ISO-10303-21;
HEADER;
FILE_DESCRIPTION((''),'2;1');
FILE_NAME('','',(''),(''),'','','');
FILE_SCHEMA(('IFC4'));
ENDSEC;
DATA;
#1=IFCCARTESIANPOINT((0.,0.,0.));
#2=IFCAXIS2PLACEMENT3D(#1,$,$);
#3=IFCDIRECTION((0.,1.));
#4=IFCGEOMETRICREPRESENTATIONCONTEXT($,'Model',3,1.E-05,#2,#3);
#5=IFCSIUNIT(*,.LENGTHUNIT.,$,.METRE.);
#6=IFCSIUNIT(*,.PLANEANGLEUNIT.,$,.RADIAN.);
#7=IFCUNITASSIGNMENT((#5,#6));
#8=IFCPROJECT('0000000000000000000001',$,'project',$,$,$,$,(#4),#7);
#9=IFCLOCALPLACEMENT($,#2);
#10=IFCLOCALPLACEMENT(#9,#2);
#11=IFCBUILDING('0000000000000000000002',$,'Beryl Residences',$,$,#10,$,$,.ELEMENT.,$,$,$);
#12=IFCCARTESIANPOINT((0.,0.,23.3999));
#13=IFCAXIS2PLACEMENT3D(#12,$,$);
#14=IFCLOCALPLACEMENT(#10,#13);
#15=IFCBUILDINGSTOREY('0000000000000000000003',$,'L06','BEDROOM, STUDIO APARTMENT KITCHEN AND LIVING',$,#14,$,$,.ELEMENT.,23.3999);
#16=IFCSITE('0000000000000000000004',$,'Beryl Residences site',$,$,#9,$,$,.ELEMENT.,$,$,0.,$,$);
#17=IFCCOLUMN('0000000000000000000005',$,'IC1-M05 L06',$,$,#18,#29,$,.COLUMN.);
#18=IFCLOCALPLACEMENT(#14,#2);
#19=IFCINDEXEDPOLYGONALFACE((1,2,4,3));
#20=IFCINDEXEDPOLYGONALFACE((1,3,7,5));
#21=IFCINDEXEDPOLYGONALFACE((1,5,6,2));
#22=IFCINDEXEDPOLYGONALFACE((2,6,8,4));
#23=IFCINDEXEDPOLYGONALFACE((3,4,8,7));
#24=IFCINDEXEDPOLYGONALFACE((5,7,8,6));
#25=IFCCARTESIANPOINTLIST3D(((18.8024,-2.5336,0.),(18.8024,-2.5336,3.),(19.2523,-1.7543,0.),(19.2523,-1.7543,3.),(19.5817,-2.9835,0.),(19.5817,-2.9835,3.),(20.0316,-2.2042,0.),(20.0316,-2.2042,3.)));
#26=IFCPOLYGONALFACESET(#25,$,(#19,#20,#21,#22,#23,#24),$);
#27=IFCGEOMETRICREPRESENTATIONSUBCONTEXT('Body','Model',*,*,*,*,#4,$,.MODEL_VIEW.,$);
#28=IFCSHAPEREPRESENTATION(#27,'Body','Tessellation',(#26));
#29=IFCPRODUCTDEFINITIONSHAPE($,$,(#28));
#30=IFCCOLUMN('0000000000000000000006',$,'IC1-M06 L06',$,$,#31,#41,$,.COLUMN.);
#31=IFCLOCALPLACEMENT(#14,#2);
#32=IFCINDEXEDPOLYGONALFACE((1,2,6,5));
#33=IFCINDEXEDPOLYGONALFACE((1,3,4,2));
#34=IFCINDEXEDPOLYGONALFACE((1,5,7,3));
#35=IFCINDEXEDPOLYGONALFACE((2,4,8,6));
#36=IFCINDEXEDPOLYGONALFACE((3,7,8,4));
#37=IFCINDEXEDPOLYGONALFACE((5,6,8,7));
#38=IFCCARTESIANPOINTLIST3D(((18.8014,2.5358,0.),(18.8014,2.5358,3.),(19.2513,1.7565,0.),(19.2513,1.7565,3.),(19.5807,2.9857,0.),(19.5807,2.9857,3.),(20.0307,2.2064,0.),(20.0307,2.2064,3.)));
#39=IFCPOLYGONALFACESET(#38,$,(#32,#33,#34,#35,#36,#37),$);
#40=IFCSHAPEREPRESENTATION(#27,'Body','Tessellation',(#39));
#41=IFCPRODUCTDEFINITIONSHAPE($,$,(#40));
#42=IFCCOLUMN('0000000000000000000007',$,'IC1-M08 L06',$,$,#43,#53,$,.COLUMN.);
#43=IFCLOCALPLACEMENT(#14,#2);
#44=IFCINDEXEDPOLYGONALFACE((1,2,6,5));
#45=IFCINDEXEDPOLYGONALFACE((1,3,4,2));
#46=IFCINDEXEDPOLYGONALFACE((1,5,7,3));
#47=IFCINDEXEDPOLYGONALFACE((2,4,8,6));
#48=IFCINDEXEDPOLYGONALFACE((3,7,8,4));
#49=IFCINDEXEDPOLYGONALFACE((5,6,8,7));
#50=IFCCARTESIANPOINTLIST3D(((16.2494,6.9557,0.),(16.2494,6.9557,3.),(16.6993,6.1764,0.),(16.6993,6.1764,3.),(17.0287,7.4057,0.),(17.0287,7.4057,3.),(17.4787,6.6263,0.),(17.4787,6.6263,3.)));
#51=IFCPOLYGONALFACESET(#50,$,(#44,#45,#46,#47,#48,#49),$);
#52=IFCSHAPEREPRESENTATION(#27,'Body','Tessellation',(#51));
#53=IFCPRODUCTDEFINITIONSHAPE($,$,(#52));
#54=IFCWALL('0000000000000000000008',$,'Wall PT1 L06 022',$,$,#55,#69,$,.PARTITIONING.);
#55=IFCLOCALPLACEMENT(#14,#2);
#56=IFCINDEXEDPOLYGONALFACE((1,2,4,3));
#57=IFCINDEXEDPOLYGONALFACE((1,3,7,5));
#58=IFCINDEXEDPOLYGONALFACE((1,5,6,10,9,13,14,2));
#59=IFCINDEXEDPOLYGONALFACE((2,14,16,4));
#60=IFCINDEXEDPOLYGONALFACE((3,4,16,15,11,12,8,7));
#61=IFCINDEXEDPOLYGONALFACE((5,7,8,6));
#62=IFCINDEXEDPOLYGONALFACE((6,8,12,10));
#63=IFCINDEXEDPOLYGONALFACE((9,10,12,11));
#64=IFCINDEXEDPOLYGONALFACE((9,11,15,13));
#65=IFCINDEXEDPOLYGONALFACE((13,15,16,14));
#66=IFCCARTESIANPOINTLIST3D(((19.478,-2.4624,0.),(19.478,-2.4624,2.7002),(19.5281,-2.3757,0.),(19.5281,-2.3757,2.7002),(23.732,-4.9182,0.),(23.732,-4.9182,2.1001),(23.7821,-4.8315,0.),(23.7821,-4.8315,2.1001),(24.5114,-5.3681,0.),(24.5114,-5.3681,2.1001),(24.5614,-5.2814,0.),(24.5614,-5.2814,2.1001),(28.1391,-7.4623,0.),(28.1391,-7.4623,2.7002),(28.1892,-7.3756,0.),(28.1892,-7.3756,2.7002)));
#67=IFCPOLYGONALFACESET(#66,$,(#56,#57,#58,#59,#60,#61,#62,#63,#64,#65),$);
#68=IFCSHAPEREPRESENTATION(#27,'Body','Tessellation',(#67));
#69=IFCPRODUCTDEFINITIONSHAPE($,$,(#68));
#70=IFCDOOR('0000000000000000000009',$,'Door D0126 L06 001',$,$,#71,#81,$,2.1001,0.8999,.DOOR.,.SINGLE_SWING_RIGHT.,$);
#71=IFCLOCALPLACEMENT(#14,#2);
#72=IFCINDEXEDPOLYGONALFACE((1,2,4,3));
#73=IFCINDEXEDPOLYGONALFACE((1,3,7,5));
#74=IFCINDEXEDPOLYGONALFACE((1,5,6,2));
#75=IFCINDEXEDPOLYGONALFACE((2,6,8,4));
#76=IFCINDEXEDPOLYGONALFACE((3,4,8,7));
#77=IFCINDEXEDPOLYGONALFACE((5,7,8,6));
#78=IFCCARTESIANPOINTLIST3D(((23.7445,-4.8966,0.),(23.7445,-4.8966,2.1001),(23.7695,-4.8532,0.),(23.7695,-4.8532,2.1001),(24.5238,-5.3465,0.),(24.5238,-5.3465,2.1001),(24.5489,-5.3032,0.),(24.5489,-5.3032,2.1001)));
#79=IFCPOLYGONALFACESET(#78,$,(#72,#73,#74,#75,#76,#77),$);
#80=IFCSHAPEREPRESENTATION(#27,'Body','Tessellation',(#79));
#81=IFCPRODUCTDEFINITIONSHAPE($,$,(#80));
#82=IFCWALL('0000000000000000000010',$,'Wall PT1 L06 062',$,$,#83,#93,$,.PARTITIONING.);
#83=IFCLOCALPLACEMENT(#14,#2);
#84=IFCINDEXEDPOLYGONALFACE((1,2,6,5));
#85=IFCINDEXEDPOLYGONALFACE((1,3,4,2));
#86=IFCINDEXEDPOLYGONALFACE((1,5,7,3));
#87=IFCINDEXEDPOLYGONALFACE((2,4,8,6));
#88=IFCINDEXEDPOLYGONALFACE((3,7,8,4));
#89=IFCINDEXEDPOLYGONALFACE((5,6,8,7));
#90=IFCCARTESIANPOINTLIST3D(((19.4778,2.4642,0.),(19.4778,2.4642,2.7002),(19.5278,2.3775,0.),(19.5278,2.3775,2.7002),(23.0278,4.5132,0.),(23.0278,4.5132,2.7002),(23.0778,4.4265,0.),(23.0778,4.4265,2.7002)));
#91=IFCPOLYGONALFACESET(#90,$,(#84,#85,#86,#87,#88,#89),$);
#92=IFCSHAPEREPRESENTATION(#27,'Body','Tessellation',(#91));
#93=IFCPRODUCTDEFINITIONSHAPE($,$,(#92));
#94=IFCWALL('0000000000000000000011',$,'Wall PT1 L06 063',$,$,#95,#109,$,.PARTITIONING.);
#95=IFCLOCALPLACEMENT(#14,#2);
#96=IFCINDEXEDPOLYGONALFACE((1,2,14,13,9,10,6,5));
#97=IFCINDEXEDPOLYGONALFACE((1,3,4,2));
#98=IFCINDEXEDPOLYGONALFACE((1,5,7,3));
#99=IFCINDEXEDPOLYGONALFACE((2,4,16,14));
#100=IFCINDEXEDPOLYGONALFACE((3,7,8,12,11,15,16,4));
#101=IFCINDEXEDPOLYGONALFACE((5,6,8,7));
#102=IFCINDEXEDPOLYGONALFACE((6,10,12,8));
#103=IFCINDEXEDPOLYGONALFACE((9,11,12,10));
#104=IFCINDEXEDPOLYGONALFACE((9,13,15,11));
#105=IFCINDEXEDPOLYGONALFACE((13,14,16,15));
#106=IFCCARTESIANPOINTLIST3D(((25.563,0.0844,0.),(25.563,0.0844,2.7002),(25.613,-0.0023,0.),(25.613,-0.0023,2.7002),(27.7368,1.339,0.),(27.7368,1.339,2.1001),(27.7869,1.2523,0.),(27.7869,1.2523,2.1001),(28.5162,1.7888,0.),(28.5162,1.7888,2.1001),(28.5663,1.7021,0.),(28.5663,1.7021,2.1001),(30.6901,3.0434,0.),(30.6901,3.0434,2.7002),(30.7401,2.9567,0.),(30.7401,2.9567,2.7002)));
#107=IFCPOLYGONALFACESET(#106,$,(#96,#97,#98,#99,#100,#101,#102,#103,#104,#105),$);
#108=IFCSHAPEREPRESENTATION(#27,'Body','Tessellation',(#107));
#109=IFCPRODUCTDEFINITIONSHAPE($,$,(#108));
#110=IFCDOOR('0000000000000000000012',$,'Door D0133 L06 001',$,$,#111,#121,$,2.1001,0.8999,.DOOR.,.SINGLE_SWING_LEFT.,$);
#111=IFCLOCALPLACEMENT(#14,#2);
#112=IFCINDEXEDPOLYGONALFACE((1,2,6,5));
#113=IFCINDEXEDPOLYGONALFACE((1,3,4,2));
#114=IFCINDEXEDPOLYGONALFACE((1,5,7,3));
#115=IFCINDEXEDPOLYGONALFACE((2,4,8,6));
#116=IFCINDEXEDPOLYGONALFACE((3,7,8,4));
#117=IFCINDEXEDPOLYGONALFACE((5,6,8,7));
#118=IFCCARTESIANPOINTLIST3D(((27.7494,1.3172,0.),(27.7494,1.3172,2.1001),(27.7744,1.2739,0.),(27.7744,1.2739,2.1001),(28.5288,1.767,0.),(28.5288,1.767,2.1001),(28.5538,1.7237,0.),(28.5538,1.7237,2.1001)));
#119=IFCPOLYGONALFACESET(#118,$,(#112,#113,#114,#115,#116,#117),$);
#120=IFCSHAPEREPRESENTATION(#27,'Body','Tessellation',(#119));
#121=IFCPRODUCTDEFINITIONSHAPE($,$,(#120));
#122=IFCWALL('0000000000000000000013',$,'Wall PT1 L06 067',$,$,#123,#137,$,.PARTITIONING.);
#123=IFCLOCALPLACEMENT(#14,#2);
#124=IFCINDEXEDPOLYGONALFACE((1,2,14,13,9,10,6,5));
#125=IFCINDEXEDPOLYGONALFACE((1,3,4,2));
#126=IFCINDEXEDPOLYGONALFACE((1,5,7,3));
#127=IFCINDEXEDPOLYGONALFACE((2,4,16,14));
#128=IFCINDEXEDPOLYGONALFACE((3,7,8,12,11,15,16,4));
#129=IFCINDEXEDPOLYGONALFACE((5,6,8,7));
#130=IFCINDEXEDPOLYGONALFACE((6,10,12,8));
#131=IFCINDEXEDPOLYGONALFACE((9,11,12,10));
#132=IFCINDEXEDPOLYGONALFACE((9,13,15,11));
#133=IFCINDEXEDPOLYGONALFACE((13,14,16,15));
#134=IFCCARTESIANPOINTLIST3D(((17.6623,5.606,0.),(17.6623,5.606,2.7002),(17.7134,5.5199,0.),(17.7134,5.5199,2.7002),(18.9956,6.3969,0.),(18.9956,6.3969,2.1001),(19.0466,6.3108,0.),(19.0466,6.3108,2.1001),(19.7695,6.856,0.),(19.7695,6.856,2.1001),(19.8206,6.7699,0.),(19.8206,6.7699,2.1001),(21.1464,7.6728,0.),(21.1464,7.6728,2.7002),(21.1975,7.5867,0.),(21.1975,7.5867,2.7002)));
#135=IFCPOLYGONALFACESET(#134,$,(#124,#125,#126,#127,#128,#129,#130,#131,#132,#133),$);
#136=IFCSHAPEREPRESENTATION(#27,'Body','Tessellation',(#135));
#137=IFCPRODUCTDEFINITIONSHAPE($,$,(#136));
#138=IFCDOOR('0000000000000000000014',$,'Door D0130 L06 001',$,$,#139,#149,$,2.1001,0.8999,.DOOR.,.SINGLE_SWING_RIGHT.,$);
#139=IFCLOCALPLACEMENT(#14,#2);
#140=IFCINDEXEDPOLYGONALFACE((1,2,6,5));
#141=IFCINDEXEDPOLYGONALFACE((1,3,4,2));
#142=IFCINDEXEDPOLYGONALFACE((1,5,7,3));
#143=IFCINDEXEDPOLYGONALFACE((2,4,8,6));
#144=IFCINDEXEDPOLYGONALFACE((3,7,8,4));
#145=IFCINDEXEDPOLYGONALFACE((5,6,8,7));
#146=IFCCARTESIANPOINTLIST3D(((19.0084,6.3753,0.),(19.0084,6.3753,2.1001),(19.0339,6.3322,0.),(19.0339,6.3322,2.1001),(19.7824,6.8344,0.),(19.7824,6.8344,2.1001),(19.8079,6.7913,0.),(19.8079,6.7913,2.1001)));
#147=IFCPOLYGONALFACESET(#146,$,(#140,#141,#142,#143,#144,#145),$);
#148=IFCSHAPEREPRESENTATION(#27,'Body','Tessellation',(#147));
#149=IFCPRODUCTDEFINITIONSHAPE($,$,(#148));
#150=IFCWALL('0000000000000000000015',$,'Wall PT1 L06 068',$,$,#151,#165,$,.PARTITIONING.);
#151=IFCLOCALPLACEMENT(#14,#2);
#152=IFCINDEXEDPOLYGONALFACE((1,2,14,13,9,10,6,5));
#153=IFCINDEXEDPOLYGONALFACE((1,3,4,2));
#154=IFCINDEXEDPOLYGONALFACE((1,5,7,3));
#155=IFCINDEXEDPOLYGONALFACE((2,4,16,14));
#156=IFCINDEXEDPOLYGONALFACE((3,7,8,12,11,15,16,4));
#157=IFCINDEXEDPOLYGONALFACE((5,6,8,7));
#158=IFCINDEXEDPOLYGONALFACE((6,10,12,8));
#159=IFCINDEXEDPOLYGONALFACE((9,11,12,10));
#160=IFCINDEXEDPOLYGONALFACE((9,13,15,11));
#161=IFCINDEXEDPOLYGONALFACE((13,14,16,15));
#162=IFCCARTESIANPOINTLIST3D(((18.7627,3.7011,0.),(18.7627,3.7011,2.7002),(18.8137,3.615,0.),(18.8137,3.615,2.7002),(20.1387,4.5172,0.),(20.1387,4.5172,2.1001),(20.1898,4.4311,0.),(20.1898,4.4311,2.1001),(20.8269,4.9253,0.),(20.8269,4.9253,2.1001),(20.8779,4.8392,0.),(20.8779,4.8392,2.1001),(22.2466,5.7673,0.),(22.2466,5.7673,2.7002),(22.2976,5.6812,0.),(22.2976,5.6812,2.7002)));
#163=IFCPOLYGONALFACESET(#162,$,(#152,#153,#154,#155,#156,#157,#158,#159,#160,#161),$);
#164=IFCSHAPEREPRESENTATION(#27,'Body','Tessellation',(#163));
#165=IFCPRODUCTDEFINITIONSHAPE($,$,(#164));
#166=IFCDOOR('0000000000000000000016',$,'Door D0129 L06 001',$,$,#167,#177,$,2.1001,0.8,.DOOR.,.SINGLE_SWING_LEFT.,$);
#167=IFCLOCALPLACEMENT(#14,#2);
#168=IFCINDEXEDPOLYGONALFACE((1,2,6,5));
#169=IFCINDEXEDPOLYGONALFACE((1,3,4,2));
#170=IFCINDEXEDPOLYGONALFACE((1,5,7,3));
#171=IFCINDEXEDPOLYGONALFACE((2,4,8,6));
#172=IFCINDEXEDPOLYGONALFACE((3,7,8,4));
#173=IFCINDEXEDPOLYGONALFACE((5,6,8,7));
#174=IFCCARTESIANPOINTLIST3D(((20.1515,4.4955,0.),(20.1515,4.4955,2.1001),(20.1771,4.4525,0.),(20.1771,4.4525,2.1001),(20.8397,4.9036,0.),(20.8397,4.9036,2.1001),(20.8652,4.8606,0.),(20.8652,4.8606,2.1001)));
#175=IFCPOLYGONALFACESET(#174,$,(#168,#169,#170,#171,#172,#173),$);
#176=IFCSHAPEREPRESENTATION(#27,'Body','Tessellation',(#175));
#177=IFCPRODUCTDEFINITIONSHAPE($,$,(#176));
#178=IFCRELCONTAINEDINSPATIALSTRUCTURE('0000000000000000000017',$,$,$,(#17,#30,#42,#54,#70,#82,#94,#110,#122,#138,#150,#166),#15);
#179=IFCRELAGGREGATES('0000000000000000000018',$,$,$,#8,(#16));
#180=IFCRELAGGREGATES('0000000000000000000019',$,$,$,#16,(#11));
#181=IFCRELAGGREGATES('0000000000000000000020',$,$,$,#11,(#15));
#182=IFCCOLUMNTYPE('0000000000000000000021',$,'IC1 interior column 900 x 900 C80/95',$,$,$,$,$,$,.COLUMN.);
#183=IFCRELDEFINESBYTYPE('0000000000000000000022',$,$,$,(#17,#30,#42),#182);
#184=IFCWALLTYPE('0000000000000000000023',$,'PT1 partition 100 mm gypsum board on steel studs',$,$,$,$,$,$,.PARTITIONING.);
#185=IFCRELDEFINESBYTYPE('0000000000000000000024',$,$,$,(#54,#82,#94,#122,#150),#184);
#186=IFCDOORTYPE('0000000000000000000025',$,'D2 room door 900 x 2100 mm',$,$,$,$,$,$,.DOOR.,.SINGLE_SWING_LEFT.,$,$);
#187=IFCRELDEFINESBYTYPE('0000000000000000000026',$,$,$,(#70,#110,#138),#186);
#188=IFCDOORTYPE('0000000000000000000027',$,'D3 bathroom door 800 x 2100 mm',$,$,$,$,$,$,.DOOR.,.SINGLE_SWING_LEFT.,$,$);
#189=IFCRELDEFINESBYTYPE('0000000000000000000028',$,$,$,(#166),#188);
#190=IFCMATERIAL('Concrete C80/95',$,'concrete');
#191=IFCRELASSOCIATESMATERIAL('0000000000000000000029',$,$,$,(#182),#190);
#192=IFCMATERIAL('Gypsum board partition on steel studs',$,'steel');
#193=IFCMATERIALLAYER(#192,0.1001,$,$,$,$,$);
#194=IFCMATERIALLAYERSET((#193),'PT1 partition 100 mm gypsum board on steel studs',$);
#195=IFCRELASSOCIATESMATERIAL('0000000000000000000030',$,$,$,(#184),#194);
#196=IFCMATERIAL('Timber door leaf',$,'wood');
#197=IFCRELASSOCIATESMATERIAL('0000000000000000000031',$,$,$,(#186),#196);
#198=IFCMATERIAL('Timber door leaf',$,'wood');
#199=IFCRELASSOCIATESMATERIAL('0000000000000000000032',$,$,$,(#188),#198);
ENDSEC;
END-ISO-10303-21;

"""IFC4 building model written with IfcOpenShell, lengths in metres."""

from ifc_helpers import new_model, si_unit, direction, frame, frame_2d, origin, origin_2d, place, context, subcontext, project, spatial, rectangle, extrude, material, layer, layer_set, material_profile, profile_set, type_object, element, fill, save


model = new_model("IFC4")

# Units and contexts
model_context = context("Model", 3, precision=1e-05, world=origin(), true_north=direction((0.0, 1.0)))
body_context = subcontext(model_context, "Body", "Model", "MODEL_VIEW")
ifc_project = project(units=[si_unit("LENGTHUNIT", "METRE"), si_unit("PLANEANGLEUNIT", "RADIAN")], contexts=[model_context])

# Site, building, storey
site_placement = place(None, origin())
site = spatial("IfcSite", under=ifc_project, at=site_placement, Name="Beryl Residences site", CompositionType="ELEMENT", RefElevation=0.0)
building_placement = place(site_placement, origin())
building = spatial("IfcBuilding", under=site, at=building_placement, Name="Beryl Residences", CompositionType="ELEMENT")
storey_placement = place(building_placement, frame((0.0, 0.0, 23.3999)))
storey = spatial("IfcBuildingStorey", under=building, at=storey_placement, Name="L06", Description="BEDROOM, STUDIO APARTMENT KITCHEN AND LIVING", CompositionType="ELEMENT", Elevation=23.3999)

# Columns
ifc_material_1 = material(Name="Concrete C80/95", Category="concrete")
ifc_material_profile = material_profile(ifc_material_1, rectangle(XDim=0.8999, YDim=0.8999, at=origin_2d()))
ifc_profile_set = profile_set([ifc_material_profile], Name="Concrete C80/95")
column_type = type_object("IfcColumnType", Name="IC1 interior column 900 x 900 C80/95", PredefinedType="COLUMN", material=ifc_profile_set)
for number, where, z_axis, x_axis, name in (
    (1, (19.417, -2.3689, 0.0), (0.0, 0.0, 1.0), (0.499985, 0.866034, 0.0), "IC1-M05 L06"),
    (2, (19.416, 2.3711, 0.0), (0.0, 0.0, 1.0), (-0.499985, 0.866034, 0.0), "IC1-M06 L06"),
    (3, (16.864, 6.791, 0.0), (0.0, 0.0, 1.0), (-0.499985, 0.866034, 0.0), "IC1-M08 L06"),
):
    element("IfcColumn", number, at=place(storey_placement, frame(where, z_axis=z_axis, x_axis=x_axis)), inside=storey, type_object=column_type, Name=name, PredefinedType="COLUMN", context=body_context, shape_type="SweptSolid", body=[
        extrude(rectangle(XDim=0.8999, YDim=0.8999, at=origin_2d()), origin(), (0.0, 0.0, 1.0), 3.0),
    ])

# Wall, opening, door
ifc_material_2 = material(Name="Gypsum board partition on steel studs", Category="steel")
ifc_layer_1 = layer(ifc_material_2, 0.1001)
ifc_layer_set_1 = layer_set([ifc_layer_1], Name="PT1 partition 100 mm gypsum board on steel studs")
wall_type_1 = type_object("IfcWallType", Name="PT1 partition 100 mm gypsum board on steel studs", PredefinedType="PARTITIONING", material=ifc_layer_set_1)
wall_1_placement = place(storey_placement, frame((19.5029, -2.4189, 0.0), z_axis=(0.0, 0.0, 1.0), x_axis=(0.866047, -0.499962, 0.0)))
wall_1 = element("IfcWall", 4, at=wall_1_placement, inside=storey, type_object=wall_type_1, Name="Wall PT1 L06 022", PredefinedType="PARTITIONING", context=body_context, shape_type="SweptSolid", body=[
    extrude(rectangle(XDim=10.0007, YDim=0.1001, at=frame_2d((5.0005, 0.0))), origin(), (0.0, 0.0, 1.0), 2.7002),
])
opening_1_placement = place(wall_1_placement, frame((4.9121, 0.0, 0.0)))
opening_1 = element("IfcOpeningElement", 5, at=opening_1_placement, cuts=wall_1, PredefinedType="OPENING", context=body_context, shape_type="SweptSolid", body=[
    extrude(rectangle(XDim=0.8999, YDim=2.1001, at=frame_2d((0.45, 1.05))), frame((0.0, 0.0601, 0.0), z_axis=(0.0, -1.0, 0.0), x_axis=(1.0, 0.0, 0.0)), (0.0, 0.0, 1.0), 0.1201),
])
ifc_material_3 = material(Name="Timber door leaf", Category="wood")
door_type_1 = type_object("IfcDoorType", Name="D2 room door 900 x 2100 mm", OperationType="SINGLE_SWING_LEFT", PredefinedType="DOOR", material=ifc_material_3)
door_1_placement = place(opening_1_placement, origin())
door_1 = element("IfcDoor", 6, at=door_1_placement, inside=storey, type_object=door_type_1, Name="Door D0126 L06 001", OperationType="SINGLE_SWING_RIGHT", OverallHeight=2.1001, OverallWidth=0.8999, PredefinedType="DOOR", context=body_context, shape_type="SweptSolid", body=[
    extrude(rectangle(XDim=0.8999, YDim=2.1001, at=frame_2d((0.45, 1.05))), frame((0.0, 0.0249, 0.0), z_axis=(0.0, -1.0, 0.0), x_axis=(1.0, 0.0, 0.0)), (0.0, 0.0, 1.0), 0.05),
])
fill(opening_1, door_1)

# Wall
wall_2_placement = place(storey_placement, frame((19.5029, 2.4209, 0.0), z_axis=(0.0, 0.0, 1.0), x_axis=(0.866083, 0.499899, 0.0)))
element("IfcWall", 7, at=wall_2_placement, inside=storey, type_object=wall_type_1, Name="Wall PT1 L06 062", PredefinedType="PARTITIONING", context=body_context, shape_type="SweptSolid", body=[
    extrude(rectangle(XDim=4.0989, YDim=0.1001, at=frame_2d((2.0493, 0.0))), origin(), (0.0, 0.0, 1.0), 2.7002),
])

# Walls, openings, doors
wall_3_placement = place(storey_placement, frame((25.5879, 0.041, 0.0), z_axis=(0.0, 0.0, 1.0), x_axis=(0.866113, 0.499847, 0.0)))
wall_3 = element("IfcWall", 8, at=wall_3_placement, inside=storey, type_object=wall_type_1, Name="Wall PT1 L06 063", PredefinedType="PARTITIONING", context=body_context, shape_type="SweptSolid", body=[
    extrude(rectangle(XDim=5.9197, YDim=0.1001, at=frame_2d((2.96, 0.0))), origin(), (0.0, 0.0, 1.0), 2.7002),
])
opening_2_placement = place(wall_3_placement, frame((2.51, 0.0, 0.0)))
opening_2 = element("IfcOpeningElement", 9, at=opening_2_placement, cuts=wall_3, PredefinedType="OPENING", context=body_context, shape_type="SweptSolid", body=[
    extrude(rectangle(XDim=0.8999, YDim=2.1001, at=frame_2d((0.45, 1.05))), frame((0.0, 0.0601, 0.0), z_axis=(0.0, -1.0, 0.0), x_axis=(1.0, 0.0, 0.0)), (0.0, 0.0, 1.0), 0.1201),
])
door_2_placement = place(opening_2_placement, origin())
door_2 = element("IfcDoor", 10, at=door_2_placement, inside=storey, type_object=door_type_1, Name="Door D0133 L06 001", OperationType="SINGLE_SWING_LEFT", OverallHeight=2.1001, OverallWidth=0.8999, PredefinedType="DOOR", context=body_context, shape_type="SweptSolid", body=[
    extrude(rectangle(XDim=0.8999, YDim=2.1001, at=frame_2d((0.45, 1.05))), frame((0.0, 0.0249, 0.0), z_axis=(0.0, -1.0, 0.0), x_axis=(1.0, 0.0, 0.0)), (0.0, 0.0, 1.0), 0.05),
])
fill(opening_2, door_2)
wall_4_placement = place(storey_placement, frame((17.688, 5.563, 0.0), z_axis=(0.0, 0.0, 1.0), x_axis=(0.860051, 0.510209, 0.0)))
wall_4 = element("IfcWall", 11, at=wall_4_placement, inside=storey, type_object=wall_type_1, Name="Wall PT1 L06 067", PredefinedType="PARTITIONING", context=body_context, shape_type="SweptSolid", body=[
    extrude(rectangle(XDim=4.051, YDim=0.1001, at=frame_2d((2.0254, 0.0))), origin(), (0.0, 0.0, 1.0), 2.7002),
])
opening_3_placement = place(wall_4_placement, frame((1.55, 0.0, 0.0)))
opening_3 = element("IfcOpeningElement", 12, at=opening_3_placement, cuts=wall_4, PredefinedType="OPENING", context=body_context, shape_type="SweptSolid", body=[
    extrude(rectangle(XDim=0.8999, YDim=2.1001, at=frame_2d((0.45, 1.05))), frame((0.0, 0.0601, 0.0), z_axis=(0.0, -1.0, 0.0), x_axis=(1.0, 0.0, 0.0)), (0.0, 0.0, 1.0), 0.1201),
])
door_3_placement = place(opening_3_placement, origin())
door_3 = element("IfcDoor", 13, at=door_3_placement, inside=storey, type_object=door_type_1, Name="Door D0130 L06 001", OperationType="SINGLE_SWING_RIGHT", OverallHeight=2.1001, OverallWidth=0.8999, PredefinedType="DOOR", context=body_context, shape_type="SweptSolid", body=[
    extrude(rectangle(XDim=0.8999, YDim=2.1001, at=frame_2d((0.45, 1.05))), frame((0.0, 0.0249, 0.0), z_axis=(0.0, -1.0, 0.0), x_axis=(1.0, 0.0, 0.0)), (0.0, 0.0, 1.0), 0.05),
])
fill(opening_3, door_3)
wall_5_placement = place(storey_placement, frame((18.7881, 3.658, 0.0), z_axis=(0.0, 0.0, 1.0), x_axis=(0.860114, 0.510101, 0.0)))
wall_5 = element("IfcWall", 14, at=wall_5_placement, inside=storey, type_object=wall_type_1, Name="Wall PT1 L06 068", PredefinedType="PARTITIONING", context=body_context, shape_type="SweptSolid", body=[
    extrude(rectangle(XDim=4.0505, YDim=0.1001, at=frame_2d((2.0254, 0.0))), origin(), (0.0, 0.0, 1.0), 2.7002),
])
opening_4_placement = place(wall_5_placement, frame((1.6001, 0.0, 0.0)))
opening_4 = element("IfcOpeningElement", 15, at=opening_4_placement, cuts=wall_5, PredefinedType="OPENING", context=body_context, shape_type="SweptSolid", body=[
    extrude(rectangle(XDim=0.8, YDim=2.1001, at=frame_2d((0.3999, 1.05))), frame((0.0, 0.0601, 0.0), z_axis=(0.0, -1.0, 0.0), x_axis=(1.0, 0.0, 0.0)), (0.0, 0.0, 1.0), 0.1201),
])
ifc_material_4 = material(Name="Timber door leaf", Category="wood")
door_type_2 = type_object("IfcDoorType", Name="D3 bathroom door 800 x 2100 mm", OperationType="SINGLE_SWING_LEFT", PredefinedType="DOOR", material=ifc_material_4)
door_4_placement = place(opening_4_placement, origin())
door_4 = element("IfcDoor", 16, at=door_4_placement, inside=storey, type_object=door_type_2, Name="Door D0129 L06 001", OperationType="SINGLE_SWING_LEFT", OverallHeight=2.1001, OverallWidth=0.8, PredefinedType="DOOR", context=body_context, shape_type="SweptSolid", body=[
    extrude(rectangle(XDim=0.8, YDim=2.1001, at=frame_2d((0.3999, 1.05))), frame((0.0, 0.0249, 0.0), z_axis=(0.0, -1.0, 0.0), x_axis=(1.0, 0.0, 0.0)), (0.0, 0.0, 1.0), 0.05),
])
fill(opening_4, door_4)

save(model, "model.ifc")
